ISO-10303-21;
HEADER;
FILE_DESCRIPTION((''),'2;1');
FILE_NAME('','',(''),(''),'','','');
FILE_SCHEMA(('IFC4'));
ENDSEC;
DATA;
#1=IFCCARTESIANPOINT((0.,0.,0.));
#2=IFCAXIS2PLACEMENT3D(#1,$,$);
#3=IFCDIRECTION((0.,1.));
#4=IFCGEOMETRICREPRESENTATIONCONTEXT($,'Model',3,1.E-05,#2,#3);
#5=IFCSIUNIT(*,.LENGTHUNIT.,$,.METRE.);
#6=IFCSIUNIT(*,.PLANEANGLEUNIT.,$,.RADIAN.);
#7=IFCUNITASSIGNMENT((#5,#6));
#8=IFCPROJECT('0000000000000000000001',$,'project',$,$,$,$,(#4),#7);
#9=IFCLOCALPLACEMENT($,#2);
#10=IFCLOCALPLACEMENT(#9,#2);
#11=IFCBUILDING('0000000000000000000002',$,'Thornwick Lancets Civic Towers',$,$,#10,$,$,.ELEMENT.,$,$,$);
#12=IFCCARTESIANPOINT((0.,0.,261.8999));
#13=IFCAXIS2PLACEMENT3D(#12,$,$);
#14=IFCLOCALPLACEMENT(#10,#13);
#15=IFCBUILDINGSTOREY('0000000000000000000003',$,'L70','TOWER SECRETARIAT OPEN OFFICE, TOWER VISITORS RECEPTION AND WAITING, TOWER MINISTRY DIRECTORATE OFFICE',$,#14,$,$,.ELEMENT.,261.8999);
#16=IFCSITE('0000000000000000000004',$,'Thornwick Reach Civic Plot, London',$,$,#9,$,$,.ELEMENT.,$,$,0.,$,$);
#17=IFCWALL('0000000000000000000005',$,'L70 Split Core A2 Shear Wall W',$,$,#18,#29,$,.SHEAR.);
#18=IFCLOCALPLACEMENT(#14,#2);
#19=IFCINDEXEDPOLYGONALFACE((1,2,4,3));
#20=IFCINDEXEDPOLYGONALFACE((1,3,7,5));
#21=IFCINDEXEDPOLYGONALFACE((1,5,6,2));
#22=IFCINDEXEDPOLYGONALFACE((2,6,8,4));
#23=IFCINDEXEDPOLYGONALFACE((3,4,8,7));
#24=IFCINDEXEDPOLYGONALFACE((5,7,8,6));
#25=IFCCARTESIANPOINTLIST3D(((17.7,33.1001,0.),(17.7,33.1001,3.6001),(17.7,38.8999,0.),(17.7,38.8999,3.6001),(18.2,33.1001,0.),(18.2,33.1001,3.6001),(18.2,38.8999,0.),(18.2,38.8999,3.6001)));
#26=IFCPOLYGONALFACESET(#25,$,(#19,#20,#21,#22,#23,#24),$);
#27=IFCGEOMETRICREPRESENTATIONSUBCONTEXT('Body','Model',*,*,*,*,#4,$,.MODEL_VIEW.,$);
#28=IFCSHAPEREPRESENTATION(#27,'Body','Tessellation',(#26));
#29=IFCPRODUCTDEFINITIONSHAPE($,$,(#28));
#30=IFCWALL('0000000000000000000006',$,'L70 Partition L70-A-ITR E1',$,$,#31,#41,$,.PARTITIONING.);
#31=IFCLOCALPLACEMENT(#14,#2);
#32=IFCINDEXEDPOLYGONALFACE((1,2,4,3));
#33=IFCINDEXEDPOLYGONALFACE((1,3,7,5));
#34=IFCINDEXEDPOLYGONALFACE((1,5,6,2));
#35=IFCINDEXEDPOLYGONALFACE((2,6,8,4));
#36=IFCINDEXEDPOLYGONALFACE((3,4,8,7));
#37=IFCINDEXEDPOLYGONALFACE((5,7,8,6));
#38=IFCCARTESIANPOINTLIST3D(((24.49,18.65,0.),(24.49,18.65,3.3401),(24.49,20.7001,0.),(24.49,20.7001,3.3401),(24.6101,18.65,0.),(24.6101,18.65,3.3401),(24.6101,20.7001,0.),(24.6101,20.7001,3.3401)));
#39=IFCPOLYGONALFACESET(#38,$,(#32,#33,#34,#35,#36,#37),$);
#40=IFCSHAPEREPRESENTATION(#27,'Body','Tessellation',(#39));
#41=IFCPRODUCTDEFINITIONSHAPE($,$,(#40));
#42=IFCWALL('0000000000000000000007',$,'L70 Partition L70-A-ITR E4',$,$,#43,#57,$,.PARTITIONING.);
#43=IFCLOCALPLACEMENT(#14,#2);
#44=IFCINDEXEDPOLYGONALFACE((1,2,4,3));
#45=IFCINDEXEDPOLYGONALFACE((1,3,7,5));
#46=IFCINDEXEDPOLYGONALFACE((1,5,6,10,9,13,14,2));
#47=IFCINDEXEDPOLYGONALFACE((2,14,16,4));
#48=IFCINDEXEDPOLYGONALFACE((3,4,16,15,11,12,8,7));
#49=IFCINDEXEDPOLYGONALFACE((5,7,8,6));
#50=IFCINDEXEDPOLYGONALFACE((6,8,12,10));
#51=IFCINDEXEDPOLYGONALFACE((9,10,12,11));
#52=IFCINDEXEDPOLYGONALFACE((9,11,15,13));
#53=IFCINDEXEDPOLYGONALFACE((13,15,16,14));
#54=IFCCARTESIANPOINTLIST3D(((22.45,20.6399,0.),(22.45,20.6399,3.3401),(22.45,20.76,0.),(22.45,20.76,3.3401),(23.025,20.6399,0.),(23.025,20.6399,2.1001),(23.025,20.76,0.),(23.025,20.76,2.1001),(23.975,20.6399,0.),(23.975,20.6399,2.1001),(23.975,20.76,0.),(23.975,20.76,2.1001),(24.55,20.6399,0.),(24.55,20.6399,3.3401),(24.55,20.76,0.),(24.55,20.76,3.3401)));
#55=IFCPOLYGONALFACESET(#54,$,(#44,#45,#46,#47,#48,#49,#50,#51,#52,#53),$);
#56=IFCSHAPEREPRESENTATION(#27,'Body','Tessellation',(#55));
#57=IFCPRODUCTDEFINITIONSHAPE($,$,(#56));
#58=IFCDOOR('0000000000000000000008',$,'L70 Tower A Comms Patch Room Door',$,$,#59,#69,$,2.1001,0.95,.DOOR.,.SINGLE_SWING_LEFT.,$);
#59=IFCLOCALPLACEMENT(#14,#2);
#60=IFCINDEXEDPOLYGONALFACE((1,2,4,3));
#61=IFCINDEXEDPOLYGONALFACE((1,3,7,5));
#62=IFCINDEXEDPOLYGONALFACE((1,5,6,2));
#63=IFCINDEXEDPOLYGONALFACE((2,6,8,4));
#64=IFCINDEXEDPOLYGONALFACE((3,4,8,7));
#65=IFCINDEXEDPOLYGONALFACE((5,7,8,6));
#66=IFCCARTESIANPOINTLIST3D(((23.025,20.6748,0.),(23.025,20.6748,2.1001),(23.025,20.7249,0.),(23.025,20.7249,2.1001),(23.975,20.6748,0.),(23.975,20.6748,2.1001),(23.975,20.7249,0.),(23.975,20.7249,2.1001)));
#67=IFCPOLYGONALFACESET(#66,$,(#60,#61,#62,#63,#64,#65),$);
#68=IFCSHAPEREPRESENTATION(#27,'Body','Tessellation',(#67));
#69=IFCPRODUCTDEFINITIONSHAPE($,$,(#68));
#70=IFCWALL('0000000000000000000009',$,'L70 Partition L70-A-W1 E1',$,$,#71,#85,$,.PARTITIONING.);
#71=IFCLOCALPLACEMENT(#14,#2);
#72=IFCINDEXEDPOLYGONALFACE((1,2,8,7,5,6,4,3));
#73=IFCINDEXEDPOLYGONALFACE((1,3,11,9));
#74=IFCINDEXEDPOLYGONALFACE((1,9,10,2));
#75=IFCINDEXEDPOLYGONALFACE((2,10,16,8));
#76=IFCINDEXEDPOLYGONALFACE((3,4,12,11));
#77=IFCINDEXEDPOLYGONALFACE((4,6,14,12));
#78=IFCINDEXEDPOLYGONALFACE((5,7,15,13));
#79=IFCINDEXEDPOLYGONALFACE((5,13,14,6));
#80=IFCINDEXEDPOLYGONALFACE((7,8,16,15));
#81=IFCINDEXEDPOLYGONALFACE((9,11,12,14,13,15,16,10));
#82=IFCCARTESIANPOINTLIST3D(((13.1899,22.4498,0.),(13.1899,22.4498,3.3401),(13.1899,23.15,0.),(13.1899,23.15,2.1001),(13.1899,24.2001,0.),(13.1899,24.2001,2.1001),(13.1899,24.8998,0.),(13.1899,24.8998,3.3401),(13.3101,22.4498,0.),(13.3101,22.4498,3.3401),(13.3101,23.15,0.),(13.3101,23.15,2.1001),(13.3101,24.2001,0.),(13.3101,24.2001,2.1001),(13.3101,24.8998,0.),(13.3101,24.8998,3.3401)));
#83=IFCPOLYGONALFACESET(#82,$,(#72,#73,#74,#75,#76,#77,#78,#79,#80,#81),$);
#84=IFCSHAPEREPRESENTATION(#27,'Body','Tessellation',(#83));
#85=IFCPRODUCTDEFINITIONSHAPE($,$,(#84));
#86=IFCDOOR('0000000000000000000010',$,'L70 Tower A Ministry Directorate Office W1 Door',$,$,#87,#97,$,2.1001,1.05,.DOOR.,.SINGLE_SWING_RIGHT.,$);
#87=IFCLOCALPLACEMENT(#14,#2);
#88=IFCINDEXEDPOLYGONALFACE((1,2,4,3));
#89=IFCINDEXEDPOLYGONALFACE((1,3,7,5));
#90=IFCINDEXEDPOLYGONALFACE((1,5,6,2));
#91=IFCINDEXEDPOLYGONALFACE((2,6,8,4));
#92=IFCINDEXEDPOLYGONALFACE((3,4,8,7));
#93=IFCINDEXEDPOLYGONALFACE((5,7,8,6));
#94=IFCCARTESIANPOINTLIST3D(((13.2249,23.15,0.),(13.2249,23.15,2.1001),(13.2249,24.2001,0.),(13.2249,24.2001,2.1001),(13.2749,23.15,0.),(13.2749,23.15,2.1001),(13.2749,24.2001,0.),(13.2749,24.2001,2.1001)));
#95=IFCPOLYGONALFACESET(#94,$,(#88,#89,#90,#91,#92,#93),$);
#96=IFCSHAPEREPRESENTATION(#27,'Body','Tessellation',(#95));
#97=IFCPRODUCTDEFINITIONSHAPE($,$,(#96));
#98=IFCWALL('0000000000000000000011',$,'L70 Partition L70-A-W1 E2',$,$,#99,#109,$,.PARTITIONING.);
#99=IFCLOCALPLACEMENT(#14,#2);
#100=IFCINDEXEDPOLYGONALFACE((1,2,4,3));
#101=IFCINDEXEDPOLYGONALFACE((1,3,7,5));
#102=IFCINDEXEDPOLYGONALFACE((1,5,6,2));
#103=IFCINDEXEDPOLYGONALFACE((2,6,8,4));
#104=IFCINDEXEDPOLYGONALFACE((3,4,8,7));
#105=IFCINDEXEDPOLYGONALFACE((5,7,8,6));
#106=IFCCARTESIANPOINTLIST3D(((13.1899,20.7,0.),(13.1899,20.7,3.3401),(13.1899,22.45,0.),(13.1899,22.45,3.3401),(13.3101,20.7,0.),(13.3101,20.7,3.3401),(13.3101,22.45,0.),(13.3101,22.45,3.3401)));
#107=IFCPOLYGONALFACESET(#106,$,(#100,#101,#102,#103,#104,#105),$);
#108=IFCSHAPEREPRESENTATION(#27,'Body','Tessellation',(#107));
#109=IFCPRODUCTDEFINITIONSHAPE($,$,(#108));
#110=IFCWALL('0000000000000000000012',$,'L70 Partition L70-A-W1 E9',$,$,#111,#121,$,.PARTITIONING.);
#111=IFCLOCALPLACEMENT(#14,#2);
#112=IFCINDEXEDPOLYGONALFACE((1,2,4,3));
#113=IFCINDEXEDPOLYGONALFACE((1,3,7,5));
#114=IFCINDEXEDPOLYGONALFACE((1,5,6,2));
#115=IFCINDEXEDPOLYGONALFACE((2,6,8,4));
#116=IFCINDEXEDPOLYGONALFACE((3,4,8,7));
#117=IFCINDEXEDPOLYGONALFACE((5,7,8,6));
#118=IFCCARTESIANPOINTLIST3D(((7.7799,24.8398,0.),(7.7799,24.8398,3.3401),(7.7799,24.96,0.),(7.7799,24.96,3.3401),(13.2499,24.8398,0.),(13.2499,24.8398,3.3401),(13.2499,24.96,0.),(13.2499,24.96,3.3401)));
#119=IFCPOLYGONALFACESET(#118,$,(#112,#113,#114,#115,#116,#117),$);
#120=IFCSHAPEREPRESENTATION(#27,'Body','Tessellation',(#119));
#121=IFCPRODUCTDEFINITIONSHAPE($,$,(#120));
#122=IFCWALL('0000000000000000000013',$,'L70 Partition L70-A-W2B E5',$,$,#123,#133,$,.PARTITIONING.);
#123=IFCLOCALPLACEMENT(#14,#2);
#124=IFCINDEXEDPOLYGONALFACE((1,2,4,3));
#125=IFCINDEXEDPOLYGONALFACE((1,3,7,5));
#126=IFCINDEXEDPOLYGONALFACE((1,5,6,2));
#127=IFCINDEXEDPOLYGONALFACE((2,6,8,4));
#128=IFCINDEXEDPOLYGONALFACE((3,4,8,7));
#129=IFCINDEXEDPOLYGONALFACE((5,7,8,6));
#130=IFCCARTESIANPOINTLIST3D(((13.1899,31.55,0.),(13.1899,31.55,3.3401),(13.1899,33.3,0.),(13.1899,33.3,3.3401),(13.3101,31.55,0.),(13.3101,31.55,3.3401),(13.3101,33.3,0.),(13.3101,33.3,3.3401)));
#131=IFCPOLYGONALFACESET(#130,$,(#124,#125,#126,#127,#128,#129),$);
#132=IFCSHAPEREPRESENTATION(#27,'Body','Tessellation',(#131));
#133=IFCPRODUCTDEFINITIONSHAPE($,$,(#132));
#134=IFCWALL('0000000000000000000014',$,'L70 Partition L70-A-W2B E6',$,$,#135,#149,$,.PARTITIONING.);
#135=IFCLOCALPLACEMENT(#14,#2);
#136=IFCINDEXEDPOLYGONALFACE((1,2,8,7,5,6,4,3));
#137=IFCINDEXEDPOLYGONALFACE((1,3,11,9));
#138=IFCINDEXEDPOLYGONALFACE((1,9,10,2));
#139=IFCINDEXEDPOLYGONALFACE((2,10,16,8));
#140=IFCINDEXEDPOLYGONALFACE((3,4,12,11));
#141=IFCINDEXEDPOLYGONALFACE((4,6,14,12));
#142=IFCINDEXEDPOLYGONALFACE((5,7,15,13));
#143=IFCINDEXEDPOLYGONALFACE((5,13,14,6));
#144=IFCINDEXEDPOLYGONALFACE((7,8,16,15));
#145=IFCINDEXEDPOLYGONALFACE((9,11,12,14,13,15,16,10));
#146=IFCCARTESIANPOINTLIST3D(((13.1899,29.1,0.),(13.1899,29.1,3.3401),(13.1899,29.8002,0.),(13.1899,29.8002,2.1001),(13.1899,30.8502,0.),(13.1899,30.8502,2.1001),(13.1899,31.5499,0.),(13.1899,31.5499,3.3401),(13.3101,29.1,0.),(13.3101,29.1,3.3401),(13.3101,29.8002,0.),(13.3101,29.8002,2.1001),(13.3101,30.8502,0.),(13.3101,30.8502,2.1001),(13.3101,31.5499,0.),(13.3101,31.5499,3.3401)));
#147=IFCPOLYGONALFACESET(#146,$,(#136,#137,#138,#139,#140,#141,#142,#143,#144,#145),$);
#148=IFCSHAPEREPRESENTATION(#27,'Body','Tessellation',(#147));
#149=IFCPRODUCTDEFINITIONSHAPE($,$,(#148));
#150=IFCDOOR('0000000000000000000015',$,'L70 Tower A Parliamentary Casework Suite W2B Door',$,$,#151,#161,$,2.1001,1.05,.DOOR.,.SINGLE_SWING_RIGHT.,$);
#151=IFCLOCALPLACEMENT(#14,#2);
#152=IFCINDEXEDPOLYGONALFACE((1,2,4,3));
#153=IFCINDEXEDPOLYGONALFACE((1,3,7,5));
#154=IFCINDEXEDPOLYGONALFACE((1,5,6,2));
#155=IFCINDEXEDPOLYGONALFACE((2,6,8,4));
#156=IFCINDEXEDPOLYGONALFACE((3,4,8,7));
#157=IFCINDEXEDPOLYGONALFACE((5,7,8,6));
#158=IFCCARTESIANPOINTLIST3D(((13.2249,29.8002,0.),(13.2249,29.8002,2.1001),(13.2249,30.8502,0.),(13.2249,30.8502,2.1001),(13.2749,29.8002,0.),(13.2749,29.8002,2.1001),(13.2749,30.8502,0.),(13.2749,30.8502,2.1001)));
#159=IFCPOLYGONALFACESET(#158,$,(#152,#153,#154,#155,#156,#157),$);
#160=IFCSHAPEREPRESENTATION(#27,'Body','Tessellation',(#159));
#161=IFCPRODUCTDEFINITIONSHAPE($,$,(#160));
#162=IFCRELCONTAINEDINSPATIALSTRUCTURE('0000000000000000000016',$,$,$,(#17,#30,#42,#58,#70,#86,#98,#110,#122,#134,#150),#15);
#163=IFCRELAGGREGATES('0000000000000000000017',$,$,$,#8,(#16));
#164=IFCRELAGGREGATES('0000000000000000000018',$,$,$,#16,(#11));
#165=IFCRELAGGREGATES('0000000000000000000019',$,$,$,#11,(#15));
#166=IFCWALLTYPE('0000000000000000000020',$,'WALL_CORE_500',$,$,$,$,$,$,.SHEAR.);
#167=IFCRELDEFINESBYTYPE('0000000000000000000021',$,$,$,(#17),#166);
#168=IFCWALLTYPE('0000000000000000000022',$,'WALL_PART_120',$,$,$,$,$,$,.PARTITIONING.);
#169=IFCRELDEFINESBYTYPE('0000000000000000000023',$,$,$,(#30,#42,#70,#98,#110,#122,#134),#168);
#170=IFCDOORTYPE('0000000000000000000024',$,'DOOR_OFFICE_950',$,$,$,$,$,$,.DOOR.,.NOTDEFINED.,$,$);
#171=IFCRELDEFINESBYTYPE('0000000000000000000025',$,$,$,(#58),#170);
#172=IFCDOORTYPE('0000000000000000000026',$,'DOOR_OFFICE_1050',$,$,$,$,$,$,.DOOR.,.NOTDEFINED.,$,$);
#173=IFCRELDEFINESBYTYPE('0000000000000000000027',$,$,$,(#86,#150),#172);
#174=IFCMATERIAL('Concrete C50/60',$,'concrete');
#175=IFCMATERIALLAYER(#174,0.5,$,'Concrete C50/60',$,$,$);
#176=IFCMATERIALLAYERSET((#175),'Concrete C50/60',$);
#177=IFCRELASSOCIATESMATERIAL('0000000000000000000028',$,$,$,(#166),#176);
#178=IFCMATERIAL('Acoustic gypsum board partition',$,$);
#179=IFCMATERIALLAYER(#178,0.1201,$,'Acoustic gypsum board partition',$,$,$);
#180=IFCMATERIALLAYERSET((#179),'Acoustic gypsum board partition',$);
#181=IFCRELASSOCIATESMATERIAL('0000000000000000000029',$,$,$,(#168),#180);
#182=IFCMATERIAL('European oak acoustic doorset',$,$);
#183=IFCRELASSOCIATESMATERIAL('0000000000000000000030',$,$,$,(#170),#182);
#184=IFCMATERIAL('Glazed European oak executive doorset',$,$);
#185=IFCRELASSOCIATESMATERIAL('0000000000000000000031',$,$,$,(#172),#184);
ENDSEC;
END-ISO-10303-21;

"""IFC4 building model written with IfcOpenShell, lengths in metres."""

from ifc_helpers import new_model, si_unit, direction, frame, frame_2d, origin, place, context, subcontext, project, spatial, rectangle, extrude, material, layer, layer_set, type_object, element, fill, save


model = new_model("IFC4")

# Units and contexts
model_context = context("Model", 3, precision=1e-05, world=origin(), true_north=direction((0.0, 1.0)))
body_context = subcontext(model_context, "Body", "Model", "MODEL_VIEW")
ifc_project = project(units=[si_unit("LENGTHUNIT", "METRE"), si_unit("PLANEANGLEUNIT", "RADIAN")], contexts=[model_context])

# Site, building, storey
site_placement = place(None, origin())
site = spatial("IfcSite", under=ifc_project, at=site_placement, Name="Thornwick Reach Civic Plot, London", CompositionType="ELEMENT", RefElevation=0.0)
building_placement = place(site_placement, origin())
building = spatial("IfcBuilding", under=site, at=building_placement, Name="Thornwick Lancets Civic Towers", CompositionType="ELEMENT")
storey_placement = place(building_placement, frame((0.0, 0.0, 261.8999)))
storey = spatial("IfcBuildingStorey", under=building, at=storey_placement, Name="L70", Description="TOWER SECRETARIAT OPEN OFFICE, TOWER VISITORS RECEPTION AND WAITING, TOWER MINISTRY DIRECTORATE OFFICE", CompositionType="ELEMENT", Elevation=261.8999)

# Shared definitions
ifc_material_1 = material(Name="Concrete C50/60", Category="concrete")

# Walls
ifc_layer_1 = layer(ifc_material_1, 0.5, Name="Concrete C50/60")
ifc_layer_set_1 = layer_set([ifc_layer_1], Name="Concrete C50/60")
wall_type_1 = type_object("IfcWallType", Name="WALL_CORE_500", PredefinedType="SHEAR", material=ifc_layer_set_1)
wall_1_placement = place(storey_placement, frame((17.95, 33.1001, 0.0), z_axis=(0.0, 0.0, 1.0), x_axis=(0.0, 1.0, 0.0)))
element("IfcWall", 1, at=wall_1_placement, inside=storey, type_object=wall_type_1, Name="L70 Split Core A2 Shear Wall W", PredefinedType="SHEAR", context=body_context, shape_type="SweptSolid", body=[
    extrude(rectangle(XDim=5.7998, YDim=0.5, at=frame_2d((2.8999, 0.0))), origin(), (0.0, 0.0, 1.0), 3.6001),
])
ifc_material_2 = material(Name="Acoustic gypsum board partition")
ifc_layer_2 = layer(ifc_material_2, 0.1201, Name="Acoustic gypsum board partition")
ifc_layer_set_2 = layer_set([ifc_layer_2], Name="Acoustic gypsum board partition")
wall_type_2 = type_object("IfcWallType", Name="WALL_PART_120", PredefinedType="PARTITIONING", material=ifc_layer_set_2)
wall_2_placement = place(storey_placement, frame((24.55, 20.7, 0.0), z_axis=(0.0, 0.0, 1.0), x_axis=(0.0, -1.0, 0.0)))
element("IfcWall", 2, at=wall_2_placement, inside=storey, type_object=wall_type_2, Name="L70 Partition L70-A-ITR E1", PredefinedType="PARTITIONING", context=body_context, shape_type="SweptSolid", body=[
    extrude(rectangle(XDim=2.05, YDim=0.1201, at=frame_2d((1.0249, 0.0))), origin(), (0.0, 0.0, 1.0), 3.3401),
])

# Walls, openings, doors
wall_3_placement = place(storey_placement, frame((22.45, 20.7, 0.0), z_axis=(0.0, 0.0, 1.0), x_axis=(1.0, 0.0, 0.0)))
wall_3 = element("IfcWall", 3, at=wall_3_placement, inside=storey, type_object=wall_type_2, Name="L70 Partition L70-A-ITR E4", PredefinedType="PARTITIONING", context=body_context, shape_type="SweptSolid", body=[
    extrude(rectangle(XDim=2.1001, YDim=0.1201, at=frame_2d((1.05, 0.0))), origin(), (0.0, 0.0, 1.0), 3.3401),
])
opening_1_placement = place(wall_3_placement, frame((0.575, 0.0, 0.0)))
opening_1 = element("IfcOpeningElement", 4, at=opening_1_placement, cuts=wall_3, PredefinedType="OPENING", context=body_context, shape_type="SweptSolid", body=[
    extrude(rectangle(XDim=0.95, YDim=2.1001, at=frame_2d((0.4751, 1.05))), frame((0.0, 0.0701, 0.0), z_axis=(0.0, -1.0, 0.0), x_axis=(1.0, 0.0, 0.0)), (0.0, 0.0, 1.0), 0.1401),
])
ifc_material_3 = material(Name="European oak acoustic doorset")
door_type_1 = type_object("IfcDoorType", Name="DOOR_OFFICE_950", OperationType="NOTDEFINED", PredefinedType="DOOR", material=ifc_material_3)
door_1_placement = place(opening_1_placement, origin())
door_1 = element("IfcDoor", 5, at=door_1_placement, inside=storey, type_object=door_type_1, Name="L70 Tower A Comms Patch Room Door", OperationType="SINGLE_SWING_LEFT", OverallHeight=2.1001, OverallWidth=0.95, PredefinedType="DOOR", context=body_context, shape_type="SweptSolid", body=[
    extrude(rectangle(XDim=0.95, YDim=2.1001, at=frame_2d((0.4751, 1.05))), frame((0.0, 0.0249, 0.0), z_axis=(0.0, -1.0, 0.0), x_axis=(1.0, 0.0, 0.0)), (0.0, 0.0, 1.0), 0.05),
])
fill(opening_1, door_1)
wall_4_placement = place(storey_placement, frame((13.25, 24.8999, 0.0), z_axis=(0.0, 0.0, 1.0), x_axis=(0.0, -1.0, 0.0)))
wall_4 = element("IfcWall", 6, at=wall_4_placement, inside=storey, type_object=wall_type_2, Name="L70 Partition L70-A-W1 E1", PredefinedType="PARTITIONING", context=body_context, shape_type="SweptSolid", body=[
    extrude(rectangle(XDim=2.45, YDim=0.1201, at=frame_2d((1.2251, 0.0))), origin(), (0.0, 0.0, 1.0), 3.3401),
])
opening_2_placement = place(wall_4_placement, frame((0.7, 0.0, 0.0)))
opening_2 = element("IfcOpeningElement", 7, at=opening_2_placement, cuts=wall_4, PredefinedType="OPENING", context=body_context, shape_type="SweptSolid", body=[
    extrude(rectangle(XDim=1.05, YDim=2.1001, at=frame_2d((0.5249, 1.05))), frame((0.0, 0.0701, 0.0), z_axis=(0.0, -1.0, 0.0), x_axis=(1.0, 0.0, 0.0)), (0.0, 0.0, 1.0), 0.1401),
])
ifc_material_4 = material(Name="Glazed European oak executive doorset")
door_type_2 = type_object("IfcDoorType", Name="DOOR_OFFICE_1050", OperationType="NOTDEFINED", PredefinedType="DOOR", material=ifc_material_4)
door_2_placement = place(opening_2_placement, origin())
door_2 = element("IfcDoor", 8, at=door_2_placement, inside=storey, type_object=door_type_2, Name="L70 Tower A Ministry Directorate Office W1 Door", OperationType="SINGLE_SWING_RIGHT", OverallHeight=2.1001, OverallWidth=1.05, PredefinedType="DOOR", context=body_context, shape_type="SweptSolid", body=[
    extrude(rectangle(XDim=1.05, YDim=2.1001, at=frame_2d((0.5249, 1.05))), frame((0.0, 0.0249, 0.0), z_axis=(0.0, -1.0, 0.0), x_axis=(1.0, 0.0, 0.0)), (0.0, 0.0, 1.0), 0.05),
])
fill(opening_2, door_2)

# Walls
wall_5_placement = place(storey_placement, frame((13.25, 22.45, 0.0), z_axis=(0.0, 0.0, 1.0), x_axis=(0.0, -1.0, 0.0)))
element("IfcWall", 9, at=wall_5_placement, inside=storey, type_object=wall_type_2, Name="L70 Partition L70-A-W1 E2", PredefinedType="PARTITIONING", context=body_context, shape_type="SweptSolid", body=[
    extrude(rectangle(XDim=1.75, YDim=0.1201, at=frame_2d((0.875, 0.0))), origin(), (0.0, 0.0, 1.0), 3.3401),
])
wall_6_placement = place(storey_placement, frame((7.78, 24.8999, 0.0), z_axis=(0.0, 0.0, 1.0), x_axis=(1.0, 0.0, 0.0)))
element("IfcWall", 10, at=wall_6_placement, inside=storey, type_object=wall_type_2, Name="L70 Partition L70-A-W1 E9", PredefinedType="PARTITIONING", context=body_context, shape_type="SweptSolid", body=[
    extrude(rectangle(XDim=5.47, YDim=0.1201, at=frame_2d((2.7349, 0.0))), origin(), (0.0, 0.0, 1.0), 3.3401),
])
wall_7_placement = place(storey_placement, frame((13.25, 33.3, 0.0), z_axis=(0.0, 0.0, 1.0), x_axis=(0.0, -1.0, 0.0)))
element("IfcWall", 11, at=wall_7_placement, inside=storey, type_object=wall_type_2, Name="L70 Partition L70-A-W2B E5", PredefinedType="PARTITIONING", context=body_context, shape_type="SweptSolid", body=[
    extrude(rectangle(XDim=1.75, YDim=0.1201, at=frame_2d((0.875, 0.0))), origin(), (0.0, 0.0, 1.0), 3.3401),
])

# Wall, opening, door
wall_8_placement = place(storey_placement, frame((13.25, 31.55, 0.0), z_axis=(0.0, 0.0, 1.0), x_axis=(0.0, -1.0, 0.0)))
wall_8 = element("IfcWall", 12, at=wall_8_placement, inside=storey, type_object=wall_type_2, Name="L70 Partition L70-A-W2B E6", PredefinedType="PARTITIONING", context=body_context, shape_type="SweptSolid", body=[
    extrude(rectangle(XDim=2.45, YDim=0.1201, at=frame_2d((1.2251, 0.0))), origin(), (0.0, 0.0, 1.0), 3.3401),
])
opening_3_placement = place(wall_8_placement, frame((0.7, 0.0, 0.0)))
opening_3 = element("IfcOpeningElement", 13, at=opening_3_placement, cuts=wall_8, PredefinedType="OPENING", context=body_context, shape_type="SweptSolid", body=[
    extrude(rectangle(XDim=1.05, YDim=2.1001, at=frame_2d((0.5249, 1.05))), frame((0.0, 0.0701, 0.0), z_axis=(0.0, -1.0, 0.0), x_axis=(1.0, 0.0, 0.0)), (0.0, 0.0, 1.0), 0.1401),
])
door_3_placement = place(opening_3_placement, origin())
door_3 = element("IfcDoor", 14, at=door_3_placement, inside=storey, type_object=door_type_2, Name="L70 Tower A Parliamentary Casework Suite W2B Door", OperationType="SINGLE_SWING_RIGHT", OverallHeight=2.1001, OverallWidth=1.05, PredefinedType="DOOR", context=body_context, shape_type="SweptSolid", body=[
    extrude(rectangle(XDim=1.05, YDim=2.1001, at=frame_2d((0.5249, 1.05))), frame((0.0, 0.0249, 0.0), z_axis=(0.0, -1.0, 0.0), x_axis=(1.0, 0.0, 0.0)), (0.0, 0.0, 1.0), 0.05),
])
fill(opening_3, door_3)

save(model, "model.ifc")
